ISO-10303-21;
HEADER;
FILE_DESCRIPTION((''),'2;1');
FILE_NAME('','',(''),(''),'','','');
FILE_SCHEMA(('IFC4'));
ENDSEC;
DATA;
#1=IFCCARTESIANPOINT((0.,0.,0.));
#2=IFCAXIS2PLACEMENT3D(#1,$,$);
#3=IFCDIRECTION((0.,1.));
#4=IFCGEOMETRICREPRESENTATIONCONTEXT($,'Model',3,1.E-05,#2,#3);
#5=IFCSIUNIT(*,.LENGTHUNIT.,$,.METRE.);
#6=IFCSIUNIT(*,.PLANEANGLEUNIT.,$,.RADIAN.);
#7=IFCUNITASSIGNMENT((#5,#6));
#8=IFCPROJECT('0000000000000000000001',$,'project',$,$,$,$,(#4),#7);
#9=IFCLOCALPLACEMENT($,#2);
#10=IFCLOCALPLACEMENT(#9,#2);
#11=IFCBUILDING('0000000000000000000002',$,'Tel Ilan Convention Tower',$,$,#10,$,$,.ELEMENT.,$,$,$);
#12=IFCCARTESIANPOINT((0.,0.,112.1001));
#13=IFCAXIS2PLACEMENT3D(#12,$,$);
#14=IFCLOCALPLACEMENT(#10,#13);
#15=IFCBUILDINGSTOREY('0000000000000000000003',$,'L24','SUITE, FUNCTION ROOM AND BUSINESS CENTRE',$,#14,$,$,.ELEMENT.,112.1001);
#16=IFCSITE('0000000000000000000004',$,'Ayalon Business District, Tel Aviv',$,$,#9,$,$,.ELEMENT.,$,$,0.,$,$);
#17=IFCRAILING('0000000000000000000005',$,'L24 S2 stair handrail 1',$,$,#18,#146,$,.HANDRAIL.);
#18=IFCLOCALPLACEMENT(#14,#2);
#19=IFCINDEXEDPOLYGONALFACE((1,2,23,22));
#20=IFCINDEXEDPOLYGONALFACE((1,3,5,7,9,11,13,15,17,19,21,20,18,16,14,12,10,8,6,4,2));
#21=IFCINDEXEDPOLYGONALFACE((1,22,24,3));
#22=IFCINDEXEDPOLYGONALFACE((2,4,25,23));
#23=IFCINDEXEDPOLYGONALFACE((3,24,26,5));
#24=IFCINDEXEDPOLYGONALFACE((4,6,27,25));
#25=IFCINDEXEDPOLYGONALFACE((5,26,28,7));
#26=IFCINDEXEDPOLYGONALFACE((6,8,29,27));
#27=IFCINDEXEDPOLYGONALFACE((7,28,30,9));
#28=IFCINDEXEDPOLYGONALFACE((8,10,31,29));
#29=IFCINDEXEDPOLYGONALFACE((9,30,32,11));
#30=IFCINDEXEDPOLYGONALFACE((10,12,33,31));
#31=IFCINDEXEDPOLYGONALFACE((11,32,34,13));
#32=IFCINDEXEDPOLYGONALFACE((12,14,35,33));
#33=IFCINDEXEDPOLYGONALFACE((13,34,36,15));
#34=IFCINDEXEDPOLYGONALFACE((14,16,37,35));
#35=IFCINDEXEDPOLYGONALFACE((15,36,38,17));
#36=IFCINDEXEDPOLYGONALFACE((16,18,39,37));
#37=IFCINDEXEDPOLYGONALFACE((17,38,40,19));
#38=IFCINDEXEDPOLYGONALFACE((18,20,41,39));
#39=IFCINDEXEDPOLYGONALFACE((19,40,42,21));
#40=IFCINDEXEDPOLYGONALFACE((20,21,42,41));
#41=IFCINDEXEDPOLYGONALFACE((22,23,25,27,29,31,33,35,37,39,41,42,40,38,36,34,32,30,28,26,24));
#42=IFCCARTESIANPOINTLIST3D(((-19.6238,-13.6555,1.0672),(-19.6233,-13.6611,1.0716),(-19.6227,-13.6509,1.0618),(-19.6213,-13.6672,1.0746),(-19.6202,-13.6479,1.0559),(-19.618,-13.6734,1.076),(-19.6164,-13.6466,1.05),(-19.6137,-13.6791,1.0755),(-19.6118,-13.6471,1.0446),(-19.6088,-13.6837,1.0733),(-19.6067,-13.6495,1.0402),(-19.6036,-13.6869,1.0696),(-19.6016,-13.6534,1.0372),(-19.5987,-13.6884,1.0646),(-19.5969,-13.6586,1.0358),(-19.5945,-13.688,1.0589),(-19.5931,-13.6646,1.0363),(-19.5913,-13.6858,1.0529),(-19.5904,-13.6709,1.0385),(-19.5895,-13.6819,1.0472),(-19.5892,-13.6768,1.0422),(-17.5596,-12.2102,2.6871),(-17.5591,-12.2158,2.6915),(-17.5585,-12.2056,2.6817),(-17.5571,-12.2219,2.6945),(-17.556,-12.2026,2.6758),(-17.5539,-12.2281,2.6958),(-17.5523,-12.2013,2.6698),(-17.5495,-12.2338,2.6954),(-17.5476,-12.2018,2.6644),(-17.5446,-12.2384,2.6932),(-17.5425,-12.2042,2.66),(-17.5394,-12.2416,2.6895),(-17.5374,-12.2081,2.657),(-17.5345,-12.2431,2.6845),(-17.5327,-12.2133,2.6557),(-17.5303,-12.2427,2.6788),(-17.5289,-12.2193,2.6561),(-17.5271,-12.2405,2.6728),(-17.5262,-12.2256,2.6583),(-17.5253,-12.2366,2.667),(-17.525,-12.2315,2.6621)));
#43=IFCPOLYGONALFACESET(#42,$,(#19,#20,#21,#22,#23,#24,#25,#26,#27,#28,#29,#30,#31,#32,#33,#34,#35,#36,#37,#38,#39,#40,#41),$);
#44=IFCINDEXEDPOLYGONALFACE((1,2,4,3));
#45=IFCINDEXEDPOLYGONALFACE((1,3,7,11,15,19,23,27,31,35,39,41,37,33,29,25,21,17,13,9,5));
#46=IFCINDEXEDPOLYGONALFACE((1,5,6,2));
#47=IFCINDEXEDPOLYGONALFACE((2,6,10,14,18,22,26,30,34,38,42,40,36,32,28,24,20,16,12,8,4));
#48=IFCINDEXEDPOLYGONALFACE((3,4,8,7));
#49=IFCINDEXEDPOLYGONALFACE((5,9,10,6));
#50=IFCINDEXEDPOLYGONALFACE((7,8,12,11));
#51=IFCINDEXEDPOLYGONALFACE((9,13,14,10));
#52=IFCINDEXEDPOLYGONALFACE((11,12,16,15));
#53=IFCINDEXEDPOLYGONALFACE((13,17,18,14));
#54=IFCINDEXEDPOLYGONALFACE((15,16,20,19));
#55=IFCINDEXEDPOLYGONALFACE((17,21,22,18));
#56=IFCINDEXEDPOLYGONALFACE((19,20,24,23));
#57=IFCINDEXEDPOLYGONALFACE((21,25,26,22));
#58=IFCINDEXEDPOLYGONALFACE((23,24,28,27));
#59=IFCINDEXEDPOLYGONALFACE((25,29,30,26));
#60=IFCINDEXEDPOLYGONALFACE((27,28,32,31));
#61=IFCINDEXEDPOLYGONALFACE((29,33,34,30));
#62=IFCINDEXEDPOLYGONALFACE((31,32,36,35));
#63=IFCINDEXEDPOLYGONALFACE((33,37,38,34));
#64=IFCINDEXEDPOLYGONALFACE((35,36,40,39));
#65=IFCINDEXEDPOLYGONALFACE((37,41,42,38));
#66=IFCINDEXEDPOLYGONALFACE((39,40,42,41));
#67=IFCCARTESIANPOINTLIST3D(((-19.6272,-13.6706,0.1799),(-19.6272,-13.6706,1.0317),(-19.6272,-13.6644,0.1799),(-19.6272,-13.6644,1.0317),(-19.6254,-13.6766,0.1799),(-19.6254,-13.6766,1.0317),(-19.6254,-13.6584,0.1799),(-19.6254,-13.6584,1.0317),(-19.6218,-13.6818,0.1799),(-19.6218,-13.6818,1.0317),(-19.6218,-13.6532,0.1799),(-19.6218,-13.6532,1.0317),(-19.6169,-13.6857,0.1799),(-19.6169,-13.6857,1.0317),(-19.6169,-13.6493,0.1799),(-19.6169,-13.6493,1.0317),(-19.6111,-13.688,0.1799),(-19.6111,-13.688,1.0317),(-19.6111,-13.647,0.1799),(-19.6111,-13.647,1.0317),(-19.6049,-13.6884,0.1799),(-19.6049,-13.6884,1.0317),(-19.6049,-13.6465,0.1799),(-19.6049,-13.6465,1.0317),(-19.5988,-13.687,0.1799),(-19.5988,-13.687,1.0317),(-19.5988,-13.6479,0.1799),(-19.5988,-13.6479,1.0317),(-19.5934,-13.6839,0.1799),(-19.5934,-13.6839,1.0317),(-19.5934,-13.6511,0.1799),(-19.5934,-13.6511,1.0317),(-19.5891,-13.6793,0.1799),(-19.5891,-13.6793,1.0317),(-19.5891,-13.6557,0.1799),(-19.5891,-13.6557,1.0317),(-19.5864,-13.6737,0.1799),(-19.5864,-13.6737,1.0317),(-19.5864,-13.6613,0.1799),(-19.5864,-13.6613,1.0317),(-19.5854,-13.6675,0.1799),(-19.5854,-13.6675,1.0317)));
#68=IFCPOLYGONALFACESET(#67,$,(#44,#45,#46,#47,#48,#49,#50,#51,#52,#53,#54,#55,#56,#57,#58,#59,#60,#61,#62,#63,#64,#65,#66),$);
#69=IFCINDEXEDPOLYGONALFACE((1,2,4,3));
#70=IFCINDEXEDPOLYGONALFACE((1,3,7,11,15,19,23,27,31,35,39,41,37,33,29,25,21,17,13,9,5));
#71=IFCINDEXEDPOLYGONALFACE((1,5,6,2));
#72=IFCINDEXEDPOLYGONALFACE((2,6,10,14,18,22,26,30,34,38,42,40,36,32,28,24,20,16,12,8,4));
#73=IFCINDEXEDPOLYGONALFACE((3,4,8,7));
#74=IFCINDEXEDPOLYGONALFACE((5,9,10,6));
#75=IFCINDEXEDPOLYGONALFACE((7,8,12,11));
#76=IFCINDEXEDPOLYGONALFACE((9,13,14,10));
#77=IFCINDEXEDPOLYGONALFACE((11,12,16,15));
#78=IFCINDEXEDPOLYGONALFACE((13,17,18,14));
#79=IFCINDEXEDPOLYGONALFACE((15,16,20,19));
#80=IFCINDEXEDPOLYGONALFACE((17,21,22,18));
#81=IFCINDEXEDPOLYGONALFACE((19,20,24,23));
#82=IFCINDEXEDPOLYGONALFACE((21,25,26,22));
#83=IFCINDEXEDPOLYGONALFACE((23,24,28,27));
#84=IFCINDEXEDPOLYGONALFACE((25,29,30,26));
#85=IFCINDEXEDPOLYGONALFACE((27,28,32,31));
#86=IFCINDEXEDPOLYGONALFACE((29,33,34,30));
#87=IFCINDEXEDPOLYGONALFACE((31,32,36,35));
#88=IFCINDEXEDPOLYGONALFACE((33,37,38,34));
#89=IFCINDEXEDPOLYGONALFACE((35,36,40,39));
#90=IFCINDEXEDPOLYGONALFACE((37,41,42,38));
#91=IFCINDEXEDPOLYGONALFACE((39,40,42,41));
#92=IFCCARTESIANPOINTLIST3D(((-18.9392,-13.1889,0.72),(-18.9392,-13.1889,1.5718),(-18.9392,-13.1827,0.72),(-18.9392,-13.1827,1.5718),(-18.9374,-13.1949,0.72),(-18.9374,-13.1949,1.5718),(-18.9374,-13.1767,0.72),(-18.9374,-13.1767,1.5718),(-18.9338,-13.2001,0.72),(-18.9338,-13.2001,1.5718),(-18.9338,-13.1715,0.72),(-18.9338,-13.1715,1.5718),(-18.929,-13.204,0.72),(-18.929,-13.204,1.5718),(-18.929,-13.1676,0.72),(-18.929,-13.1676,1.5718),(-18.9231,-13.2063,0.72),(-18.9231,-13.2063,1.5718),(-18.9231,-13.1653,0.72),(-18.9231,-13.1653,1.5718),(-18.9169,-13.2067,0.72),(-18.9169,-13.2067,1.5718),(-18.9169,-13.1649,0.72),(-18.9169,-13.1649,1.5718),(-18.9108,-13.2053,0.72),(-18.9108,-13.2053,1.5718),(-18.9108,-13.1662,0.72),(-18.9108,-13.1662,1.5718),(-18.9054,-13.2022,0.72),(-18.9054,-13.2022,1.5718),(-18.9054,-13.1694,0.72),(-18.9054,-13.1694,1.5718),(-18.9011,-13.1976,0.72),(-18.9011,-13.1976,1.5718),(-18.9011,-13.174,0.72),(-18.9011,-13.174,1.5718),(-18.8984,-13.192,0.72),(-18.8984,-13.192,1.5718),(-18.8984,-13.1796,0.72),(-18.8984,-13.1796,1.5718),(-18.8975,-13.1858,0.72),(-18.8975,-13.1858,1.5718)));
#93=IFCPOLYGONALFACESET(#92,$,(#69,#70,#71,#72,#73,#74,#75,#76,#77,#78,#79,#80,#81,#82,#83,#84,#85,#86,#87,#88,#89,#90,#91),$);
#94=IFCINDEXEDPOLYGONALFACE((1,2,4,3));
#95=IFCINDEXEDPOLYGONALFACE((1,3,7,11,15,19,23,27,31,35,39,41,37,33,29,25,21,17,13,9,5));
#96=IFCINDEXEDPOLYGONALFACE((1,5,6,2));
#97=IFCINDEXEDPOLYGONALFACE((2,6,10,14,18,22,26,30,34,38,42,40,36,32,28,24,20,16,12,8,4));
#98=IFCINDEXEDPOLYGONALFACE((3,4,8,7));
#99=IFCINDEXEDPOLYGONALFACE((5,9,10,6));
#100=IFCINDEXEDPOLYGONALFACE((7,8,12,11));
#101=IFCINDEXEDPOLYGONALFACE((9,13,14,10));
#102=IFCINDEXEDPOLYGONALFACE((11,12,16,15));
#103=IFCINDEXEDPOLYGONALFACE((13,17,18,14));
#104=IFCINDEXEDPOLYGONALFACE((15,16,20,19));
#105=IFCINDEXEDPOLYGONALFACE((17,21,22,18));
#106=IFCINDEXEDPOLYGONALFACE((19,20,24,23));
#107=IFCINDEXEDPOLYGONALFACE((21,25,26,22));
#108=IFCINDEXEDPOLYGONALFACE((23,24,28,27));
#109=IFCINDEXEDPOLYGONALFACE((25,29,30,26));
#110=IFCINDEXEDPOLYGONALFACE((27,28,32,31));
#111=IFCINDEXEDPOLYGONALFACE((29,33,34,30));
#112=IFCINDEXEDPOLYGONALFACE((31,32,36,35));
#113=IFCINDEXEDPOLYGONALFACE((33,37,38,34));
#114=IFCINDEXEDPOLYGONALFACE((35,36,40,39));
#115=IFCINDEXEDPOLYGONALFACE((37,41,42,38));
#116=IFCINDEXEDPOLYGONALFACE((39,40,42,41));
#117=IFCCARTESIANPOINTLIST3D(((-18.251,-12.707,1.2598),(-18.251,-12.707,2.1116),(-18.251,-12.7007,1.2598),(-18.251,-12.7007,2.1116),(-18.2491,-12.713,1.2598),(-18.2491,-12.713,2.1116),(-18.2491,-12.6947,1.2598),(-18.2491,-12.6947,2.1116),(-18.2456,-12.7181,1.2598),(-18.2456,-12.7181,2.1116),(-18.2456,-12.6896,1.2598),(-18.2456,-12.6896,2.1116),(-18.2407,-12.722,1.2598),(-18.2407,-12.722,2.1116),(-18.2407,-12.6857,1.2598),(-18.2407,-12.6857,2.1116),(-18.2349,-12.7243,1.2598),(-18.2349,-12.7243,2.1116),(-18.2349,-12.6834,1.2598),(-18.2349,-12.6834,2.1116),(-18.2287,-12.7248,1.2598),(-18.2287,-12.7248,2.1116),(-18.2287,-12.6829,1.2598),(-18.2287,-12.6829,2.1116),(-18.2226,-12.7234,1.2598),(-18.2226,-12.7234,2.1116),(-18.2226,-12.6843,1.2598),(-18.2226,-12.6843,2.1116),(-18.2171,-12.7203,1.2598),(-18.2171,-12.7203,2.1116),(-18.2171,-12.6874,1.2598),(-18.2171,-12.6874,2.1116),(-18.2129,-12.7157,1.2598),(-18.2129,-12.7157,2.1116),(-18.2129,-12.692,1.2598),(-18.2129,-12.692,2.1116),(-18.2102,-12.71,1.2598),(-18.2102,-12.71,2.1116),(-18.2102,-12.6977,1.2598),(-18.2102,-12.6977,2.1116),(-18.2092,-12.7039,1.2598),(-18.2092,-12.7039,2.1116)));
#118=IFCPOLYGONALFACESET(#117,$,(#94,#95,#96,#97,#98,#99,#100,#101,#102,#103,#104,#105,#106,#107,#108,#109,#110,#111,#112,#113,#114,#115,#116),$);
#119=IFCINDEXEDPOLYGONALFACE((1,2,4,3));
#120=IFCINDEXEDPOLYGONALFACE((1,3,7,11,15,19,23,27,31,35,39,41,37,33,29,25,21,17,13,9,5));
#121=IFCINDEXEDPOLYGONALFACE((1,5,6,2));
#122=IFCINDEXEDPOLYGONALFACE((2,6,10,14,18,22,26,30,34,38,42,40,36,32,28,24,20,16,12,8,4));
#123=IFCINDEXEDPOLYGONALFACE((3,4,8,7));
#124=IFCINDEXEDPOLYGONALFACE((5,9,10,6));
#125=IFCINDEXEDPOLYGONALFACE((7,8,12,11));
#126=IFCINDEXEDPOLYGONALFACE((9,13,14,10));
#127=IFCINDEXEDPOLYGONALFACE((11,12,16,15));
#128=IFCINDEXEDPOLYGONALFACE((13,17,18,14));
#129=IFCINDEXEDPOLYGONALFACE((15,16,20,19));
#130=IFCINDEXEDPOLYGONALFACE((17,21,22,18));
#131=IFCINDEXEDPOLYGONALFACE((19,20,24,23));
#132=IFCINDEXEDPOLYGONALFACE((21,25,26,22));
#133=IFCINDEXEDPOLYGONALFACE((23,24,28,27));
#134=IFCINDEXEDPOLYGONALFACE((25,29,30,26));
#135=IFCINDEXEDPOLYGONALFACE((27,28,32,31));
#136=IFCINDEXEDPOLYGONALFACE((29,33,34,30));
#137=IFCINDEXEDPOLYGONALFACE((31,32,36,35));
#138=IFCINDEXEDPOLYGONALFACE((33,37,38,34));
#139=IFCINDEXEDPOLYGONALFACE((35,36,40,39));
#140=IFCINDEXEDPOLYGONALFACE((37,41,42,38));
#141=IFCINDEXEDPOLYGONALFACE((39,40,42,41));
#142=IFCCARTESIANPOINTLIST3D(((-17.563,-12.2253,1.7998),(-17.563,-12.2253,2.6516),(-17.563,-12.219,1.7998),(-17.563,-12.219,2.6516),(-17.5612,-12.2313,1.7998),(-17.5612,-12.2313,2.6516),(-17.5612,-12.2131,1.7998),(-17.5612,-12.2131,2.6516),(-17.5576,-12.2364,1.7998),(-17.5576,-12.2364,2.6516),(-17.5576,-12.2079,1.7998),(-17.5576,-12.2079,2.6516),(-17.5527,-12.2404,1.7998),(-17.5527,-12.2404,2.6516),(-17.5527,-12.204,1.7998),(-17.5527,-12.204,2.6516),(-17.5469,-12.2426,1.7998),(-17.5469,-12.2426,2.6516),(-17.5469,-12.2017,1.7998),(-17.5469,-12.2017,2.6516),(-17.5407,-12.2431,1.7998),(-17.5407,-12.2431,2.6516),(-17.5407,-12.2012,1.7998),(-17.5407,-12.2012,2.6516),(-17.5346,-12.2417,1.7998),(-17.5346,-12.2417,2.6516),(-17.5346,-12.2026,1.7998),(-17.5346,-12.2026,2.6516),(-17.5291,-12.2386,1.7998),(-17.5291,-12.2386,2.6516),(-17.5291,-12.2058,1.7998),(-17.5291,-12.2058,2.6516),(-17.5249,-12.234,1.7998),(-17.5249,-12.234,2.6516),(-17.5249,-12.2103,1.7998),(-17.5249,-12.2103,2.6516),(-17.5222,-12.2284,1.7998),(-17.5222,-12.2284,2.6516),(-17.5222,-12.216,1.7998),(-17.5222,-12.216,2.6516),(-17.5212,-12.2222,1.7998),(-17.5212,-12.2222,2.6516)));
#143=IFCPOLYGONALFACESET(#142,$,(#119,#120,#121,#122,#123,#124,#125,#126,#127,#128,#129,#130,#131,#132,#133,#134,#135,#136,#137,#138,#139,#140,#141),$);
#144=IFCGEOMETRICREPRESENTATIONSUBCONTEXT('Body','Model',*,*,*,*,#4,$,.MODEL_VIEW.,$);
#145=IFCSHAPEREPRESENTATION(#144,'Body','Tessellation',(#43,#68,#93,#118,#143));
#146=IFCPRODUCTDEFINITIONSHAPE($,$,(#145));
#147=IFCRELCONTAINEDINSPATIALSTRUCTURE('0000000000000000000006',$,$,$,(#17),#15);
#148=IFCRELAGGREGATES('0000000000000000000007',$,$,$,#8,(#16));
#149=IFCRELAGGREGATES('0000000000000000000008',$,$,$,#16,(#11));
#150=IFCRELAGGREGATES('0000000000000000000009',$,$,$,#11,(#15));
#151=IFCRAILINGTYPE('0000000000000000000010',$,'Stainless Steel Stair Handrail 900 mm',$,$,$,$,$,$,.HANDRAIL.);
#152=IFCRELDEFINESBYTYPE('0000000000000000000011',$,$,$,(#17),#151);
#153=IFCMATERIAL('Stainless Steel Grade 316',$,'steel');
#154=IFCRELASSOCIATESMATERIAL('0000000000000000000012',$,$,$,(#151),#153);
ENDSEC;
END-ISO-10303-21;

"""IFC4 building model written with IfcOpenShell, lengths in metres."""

from ifc_helpers import new_model, si_unit, direction, frame, origin, origin_2d, place, context, subcontext, project, spatial, circle, extrude, material, type_object, element, save


model = new_model("IFC4")

# Units and contexts
model_context = context("Model", 3, precision=1e-05, world=origin(), true_north=direction((0.0, 1.0)))
body_context = subcontext(model_context, "Body", "Model", "MODEL_VIEW")
ifc_project = project(units=[si_unit("LENGTHUNIT", "METRE"), si_unit("PLANEANGLEUNIT", "RADIAN")], contexts=[model_context])

# Site, building, storey
site_placement = place(None, origin())
site = spatial("IfcSite", under=ifc_project, at=site_placement, Name="Ayalon Business District, Tel Aviv", CompositionType="ELEMENT", RefElevation=0.0)
building_placement = place(site_placement, origin())
building = spatial("IfcBuilding", under=site, at=building_placement, Name="Tel Ilan Convention Tower", CompositionType="ELEMENT")
storey_placement = place(building_placement, frame((0.0, 0.0, 112.1001)))
storey = spatial("IfcBuildingStorey", under=building, at=storey_placement, Name="L24", Description="SUITE, FUNCTION ROOM AND BUSINESS CENTRE", CompositionType="ELEMENT", Elevation=112.1001)

# Railing
ifc_material_1 = material(Name="Stainless Steel Grade 316", Category="steel")
railing_type_1 = type_object("IfcRailingType", Name="Stainless Steel Stair Handrail 900 mm", PredefinedType="HANDRAIL", material=ifc_material_1)
railing_1_placement = place(storey_placement, frame((-19.6064, -13.6675, 0.1799)))
element("IfcRailing", 1, at=railing_1_placement, inside=storey, type_object=railing_type_1, Name="L24 S2 stair handrail 1", PredefinedType="HANDRAIL", context=body_context, shape_type="SweptSolid", body=[
    extrude(circle(Radius=0.0239, at=origin_2d()), frame((0.0, 0.0, 0.876), z_axis=(0.68907, 0.482472, 0.540743), x_axis=(-0.57356, 0.819164, 0.0)), (0.0, 0.0, 1.0), 2.9956),
    extrude(circle(Radius=0.021, at=origin_2d()), origin(), (0.0, 0.0, 1.0), 0.8518),
    extrude(circle(Radius=0.021, at=origin_2d()), frame((0.688, 0.4817, 0.54)), (0.0, 0.0, 1.0), 0.8518),
    extrude(circle(Radius=0.021, at=origin_2d()), frame((1.3762, 0.9636, 1.0798)), (0.0, 0.0, 1.0), 0.8518),
    extrude(circle(Radius=0.021, at=origin_2d()), frame((2.0642, 1.4453, 1.6199)), (0.0, 0.0, 1.0), 0.8518),
])

save(model, "model.ifc")
